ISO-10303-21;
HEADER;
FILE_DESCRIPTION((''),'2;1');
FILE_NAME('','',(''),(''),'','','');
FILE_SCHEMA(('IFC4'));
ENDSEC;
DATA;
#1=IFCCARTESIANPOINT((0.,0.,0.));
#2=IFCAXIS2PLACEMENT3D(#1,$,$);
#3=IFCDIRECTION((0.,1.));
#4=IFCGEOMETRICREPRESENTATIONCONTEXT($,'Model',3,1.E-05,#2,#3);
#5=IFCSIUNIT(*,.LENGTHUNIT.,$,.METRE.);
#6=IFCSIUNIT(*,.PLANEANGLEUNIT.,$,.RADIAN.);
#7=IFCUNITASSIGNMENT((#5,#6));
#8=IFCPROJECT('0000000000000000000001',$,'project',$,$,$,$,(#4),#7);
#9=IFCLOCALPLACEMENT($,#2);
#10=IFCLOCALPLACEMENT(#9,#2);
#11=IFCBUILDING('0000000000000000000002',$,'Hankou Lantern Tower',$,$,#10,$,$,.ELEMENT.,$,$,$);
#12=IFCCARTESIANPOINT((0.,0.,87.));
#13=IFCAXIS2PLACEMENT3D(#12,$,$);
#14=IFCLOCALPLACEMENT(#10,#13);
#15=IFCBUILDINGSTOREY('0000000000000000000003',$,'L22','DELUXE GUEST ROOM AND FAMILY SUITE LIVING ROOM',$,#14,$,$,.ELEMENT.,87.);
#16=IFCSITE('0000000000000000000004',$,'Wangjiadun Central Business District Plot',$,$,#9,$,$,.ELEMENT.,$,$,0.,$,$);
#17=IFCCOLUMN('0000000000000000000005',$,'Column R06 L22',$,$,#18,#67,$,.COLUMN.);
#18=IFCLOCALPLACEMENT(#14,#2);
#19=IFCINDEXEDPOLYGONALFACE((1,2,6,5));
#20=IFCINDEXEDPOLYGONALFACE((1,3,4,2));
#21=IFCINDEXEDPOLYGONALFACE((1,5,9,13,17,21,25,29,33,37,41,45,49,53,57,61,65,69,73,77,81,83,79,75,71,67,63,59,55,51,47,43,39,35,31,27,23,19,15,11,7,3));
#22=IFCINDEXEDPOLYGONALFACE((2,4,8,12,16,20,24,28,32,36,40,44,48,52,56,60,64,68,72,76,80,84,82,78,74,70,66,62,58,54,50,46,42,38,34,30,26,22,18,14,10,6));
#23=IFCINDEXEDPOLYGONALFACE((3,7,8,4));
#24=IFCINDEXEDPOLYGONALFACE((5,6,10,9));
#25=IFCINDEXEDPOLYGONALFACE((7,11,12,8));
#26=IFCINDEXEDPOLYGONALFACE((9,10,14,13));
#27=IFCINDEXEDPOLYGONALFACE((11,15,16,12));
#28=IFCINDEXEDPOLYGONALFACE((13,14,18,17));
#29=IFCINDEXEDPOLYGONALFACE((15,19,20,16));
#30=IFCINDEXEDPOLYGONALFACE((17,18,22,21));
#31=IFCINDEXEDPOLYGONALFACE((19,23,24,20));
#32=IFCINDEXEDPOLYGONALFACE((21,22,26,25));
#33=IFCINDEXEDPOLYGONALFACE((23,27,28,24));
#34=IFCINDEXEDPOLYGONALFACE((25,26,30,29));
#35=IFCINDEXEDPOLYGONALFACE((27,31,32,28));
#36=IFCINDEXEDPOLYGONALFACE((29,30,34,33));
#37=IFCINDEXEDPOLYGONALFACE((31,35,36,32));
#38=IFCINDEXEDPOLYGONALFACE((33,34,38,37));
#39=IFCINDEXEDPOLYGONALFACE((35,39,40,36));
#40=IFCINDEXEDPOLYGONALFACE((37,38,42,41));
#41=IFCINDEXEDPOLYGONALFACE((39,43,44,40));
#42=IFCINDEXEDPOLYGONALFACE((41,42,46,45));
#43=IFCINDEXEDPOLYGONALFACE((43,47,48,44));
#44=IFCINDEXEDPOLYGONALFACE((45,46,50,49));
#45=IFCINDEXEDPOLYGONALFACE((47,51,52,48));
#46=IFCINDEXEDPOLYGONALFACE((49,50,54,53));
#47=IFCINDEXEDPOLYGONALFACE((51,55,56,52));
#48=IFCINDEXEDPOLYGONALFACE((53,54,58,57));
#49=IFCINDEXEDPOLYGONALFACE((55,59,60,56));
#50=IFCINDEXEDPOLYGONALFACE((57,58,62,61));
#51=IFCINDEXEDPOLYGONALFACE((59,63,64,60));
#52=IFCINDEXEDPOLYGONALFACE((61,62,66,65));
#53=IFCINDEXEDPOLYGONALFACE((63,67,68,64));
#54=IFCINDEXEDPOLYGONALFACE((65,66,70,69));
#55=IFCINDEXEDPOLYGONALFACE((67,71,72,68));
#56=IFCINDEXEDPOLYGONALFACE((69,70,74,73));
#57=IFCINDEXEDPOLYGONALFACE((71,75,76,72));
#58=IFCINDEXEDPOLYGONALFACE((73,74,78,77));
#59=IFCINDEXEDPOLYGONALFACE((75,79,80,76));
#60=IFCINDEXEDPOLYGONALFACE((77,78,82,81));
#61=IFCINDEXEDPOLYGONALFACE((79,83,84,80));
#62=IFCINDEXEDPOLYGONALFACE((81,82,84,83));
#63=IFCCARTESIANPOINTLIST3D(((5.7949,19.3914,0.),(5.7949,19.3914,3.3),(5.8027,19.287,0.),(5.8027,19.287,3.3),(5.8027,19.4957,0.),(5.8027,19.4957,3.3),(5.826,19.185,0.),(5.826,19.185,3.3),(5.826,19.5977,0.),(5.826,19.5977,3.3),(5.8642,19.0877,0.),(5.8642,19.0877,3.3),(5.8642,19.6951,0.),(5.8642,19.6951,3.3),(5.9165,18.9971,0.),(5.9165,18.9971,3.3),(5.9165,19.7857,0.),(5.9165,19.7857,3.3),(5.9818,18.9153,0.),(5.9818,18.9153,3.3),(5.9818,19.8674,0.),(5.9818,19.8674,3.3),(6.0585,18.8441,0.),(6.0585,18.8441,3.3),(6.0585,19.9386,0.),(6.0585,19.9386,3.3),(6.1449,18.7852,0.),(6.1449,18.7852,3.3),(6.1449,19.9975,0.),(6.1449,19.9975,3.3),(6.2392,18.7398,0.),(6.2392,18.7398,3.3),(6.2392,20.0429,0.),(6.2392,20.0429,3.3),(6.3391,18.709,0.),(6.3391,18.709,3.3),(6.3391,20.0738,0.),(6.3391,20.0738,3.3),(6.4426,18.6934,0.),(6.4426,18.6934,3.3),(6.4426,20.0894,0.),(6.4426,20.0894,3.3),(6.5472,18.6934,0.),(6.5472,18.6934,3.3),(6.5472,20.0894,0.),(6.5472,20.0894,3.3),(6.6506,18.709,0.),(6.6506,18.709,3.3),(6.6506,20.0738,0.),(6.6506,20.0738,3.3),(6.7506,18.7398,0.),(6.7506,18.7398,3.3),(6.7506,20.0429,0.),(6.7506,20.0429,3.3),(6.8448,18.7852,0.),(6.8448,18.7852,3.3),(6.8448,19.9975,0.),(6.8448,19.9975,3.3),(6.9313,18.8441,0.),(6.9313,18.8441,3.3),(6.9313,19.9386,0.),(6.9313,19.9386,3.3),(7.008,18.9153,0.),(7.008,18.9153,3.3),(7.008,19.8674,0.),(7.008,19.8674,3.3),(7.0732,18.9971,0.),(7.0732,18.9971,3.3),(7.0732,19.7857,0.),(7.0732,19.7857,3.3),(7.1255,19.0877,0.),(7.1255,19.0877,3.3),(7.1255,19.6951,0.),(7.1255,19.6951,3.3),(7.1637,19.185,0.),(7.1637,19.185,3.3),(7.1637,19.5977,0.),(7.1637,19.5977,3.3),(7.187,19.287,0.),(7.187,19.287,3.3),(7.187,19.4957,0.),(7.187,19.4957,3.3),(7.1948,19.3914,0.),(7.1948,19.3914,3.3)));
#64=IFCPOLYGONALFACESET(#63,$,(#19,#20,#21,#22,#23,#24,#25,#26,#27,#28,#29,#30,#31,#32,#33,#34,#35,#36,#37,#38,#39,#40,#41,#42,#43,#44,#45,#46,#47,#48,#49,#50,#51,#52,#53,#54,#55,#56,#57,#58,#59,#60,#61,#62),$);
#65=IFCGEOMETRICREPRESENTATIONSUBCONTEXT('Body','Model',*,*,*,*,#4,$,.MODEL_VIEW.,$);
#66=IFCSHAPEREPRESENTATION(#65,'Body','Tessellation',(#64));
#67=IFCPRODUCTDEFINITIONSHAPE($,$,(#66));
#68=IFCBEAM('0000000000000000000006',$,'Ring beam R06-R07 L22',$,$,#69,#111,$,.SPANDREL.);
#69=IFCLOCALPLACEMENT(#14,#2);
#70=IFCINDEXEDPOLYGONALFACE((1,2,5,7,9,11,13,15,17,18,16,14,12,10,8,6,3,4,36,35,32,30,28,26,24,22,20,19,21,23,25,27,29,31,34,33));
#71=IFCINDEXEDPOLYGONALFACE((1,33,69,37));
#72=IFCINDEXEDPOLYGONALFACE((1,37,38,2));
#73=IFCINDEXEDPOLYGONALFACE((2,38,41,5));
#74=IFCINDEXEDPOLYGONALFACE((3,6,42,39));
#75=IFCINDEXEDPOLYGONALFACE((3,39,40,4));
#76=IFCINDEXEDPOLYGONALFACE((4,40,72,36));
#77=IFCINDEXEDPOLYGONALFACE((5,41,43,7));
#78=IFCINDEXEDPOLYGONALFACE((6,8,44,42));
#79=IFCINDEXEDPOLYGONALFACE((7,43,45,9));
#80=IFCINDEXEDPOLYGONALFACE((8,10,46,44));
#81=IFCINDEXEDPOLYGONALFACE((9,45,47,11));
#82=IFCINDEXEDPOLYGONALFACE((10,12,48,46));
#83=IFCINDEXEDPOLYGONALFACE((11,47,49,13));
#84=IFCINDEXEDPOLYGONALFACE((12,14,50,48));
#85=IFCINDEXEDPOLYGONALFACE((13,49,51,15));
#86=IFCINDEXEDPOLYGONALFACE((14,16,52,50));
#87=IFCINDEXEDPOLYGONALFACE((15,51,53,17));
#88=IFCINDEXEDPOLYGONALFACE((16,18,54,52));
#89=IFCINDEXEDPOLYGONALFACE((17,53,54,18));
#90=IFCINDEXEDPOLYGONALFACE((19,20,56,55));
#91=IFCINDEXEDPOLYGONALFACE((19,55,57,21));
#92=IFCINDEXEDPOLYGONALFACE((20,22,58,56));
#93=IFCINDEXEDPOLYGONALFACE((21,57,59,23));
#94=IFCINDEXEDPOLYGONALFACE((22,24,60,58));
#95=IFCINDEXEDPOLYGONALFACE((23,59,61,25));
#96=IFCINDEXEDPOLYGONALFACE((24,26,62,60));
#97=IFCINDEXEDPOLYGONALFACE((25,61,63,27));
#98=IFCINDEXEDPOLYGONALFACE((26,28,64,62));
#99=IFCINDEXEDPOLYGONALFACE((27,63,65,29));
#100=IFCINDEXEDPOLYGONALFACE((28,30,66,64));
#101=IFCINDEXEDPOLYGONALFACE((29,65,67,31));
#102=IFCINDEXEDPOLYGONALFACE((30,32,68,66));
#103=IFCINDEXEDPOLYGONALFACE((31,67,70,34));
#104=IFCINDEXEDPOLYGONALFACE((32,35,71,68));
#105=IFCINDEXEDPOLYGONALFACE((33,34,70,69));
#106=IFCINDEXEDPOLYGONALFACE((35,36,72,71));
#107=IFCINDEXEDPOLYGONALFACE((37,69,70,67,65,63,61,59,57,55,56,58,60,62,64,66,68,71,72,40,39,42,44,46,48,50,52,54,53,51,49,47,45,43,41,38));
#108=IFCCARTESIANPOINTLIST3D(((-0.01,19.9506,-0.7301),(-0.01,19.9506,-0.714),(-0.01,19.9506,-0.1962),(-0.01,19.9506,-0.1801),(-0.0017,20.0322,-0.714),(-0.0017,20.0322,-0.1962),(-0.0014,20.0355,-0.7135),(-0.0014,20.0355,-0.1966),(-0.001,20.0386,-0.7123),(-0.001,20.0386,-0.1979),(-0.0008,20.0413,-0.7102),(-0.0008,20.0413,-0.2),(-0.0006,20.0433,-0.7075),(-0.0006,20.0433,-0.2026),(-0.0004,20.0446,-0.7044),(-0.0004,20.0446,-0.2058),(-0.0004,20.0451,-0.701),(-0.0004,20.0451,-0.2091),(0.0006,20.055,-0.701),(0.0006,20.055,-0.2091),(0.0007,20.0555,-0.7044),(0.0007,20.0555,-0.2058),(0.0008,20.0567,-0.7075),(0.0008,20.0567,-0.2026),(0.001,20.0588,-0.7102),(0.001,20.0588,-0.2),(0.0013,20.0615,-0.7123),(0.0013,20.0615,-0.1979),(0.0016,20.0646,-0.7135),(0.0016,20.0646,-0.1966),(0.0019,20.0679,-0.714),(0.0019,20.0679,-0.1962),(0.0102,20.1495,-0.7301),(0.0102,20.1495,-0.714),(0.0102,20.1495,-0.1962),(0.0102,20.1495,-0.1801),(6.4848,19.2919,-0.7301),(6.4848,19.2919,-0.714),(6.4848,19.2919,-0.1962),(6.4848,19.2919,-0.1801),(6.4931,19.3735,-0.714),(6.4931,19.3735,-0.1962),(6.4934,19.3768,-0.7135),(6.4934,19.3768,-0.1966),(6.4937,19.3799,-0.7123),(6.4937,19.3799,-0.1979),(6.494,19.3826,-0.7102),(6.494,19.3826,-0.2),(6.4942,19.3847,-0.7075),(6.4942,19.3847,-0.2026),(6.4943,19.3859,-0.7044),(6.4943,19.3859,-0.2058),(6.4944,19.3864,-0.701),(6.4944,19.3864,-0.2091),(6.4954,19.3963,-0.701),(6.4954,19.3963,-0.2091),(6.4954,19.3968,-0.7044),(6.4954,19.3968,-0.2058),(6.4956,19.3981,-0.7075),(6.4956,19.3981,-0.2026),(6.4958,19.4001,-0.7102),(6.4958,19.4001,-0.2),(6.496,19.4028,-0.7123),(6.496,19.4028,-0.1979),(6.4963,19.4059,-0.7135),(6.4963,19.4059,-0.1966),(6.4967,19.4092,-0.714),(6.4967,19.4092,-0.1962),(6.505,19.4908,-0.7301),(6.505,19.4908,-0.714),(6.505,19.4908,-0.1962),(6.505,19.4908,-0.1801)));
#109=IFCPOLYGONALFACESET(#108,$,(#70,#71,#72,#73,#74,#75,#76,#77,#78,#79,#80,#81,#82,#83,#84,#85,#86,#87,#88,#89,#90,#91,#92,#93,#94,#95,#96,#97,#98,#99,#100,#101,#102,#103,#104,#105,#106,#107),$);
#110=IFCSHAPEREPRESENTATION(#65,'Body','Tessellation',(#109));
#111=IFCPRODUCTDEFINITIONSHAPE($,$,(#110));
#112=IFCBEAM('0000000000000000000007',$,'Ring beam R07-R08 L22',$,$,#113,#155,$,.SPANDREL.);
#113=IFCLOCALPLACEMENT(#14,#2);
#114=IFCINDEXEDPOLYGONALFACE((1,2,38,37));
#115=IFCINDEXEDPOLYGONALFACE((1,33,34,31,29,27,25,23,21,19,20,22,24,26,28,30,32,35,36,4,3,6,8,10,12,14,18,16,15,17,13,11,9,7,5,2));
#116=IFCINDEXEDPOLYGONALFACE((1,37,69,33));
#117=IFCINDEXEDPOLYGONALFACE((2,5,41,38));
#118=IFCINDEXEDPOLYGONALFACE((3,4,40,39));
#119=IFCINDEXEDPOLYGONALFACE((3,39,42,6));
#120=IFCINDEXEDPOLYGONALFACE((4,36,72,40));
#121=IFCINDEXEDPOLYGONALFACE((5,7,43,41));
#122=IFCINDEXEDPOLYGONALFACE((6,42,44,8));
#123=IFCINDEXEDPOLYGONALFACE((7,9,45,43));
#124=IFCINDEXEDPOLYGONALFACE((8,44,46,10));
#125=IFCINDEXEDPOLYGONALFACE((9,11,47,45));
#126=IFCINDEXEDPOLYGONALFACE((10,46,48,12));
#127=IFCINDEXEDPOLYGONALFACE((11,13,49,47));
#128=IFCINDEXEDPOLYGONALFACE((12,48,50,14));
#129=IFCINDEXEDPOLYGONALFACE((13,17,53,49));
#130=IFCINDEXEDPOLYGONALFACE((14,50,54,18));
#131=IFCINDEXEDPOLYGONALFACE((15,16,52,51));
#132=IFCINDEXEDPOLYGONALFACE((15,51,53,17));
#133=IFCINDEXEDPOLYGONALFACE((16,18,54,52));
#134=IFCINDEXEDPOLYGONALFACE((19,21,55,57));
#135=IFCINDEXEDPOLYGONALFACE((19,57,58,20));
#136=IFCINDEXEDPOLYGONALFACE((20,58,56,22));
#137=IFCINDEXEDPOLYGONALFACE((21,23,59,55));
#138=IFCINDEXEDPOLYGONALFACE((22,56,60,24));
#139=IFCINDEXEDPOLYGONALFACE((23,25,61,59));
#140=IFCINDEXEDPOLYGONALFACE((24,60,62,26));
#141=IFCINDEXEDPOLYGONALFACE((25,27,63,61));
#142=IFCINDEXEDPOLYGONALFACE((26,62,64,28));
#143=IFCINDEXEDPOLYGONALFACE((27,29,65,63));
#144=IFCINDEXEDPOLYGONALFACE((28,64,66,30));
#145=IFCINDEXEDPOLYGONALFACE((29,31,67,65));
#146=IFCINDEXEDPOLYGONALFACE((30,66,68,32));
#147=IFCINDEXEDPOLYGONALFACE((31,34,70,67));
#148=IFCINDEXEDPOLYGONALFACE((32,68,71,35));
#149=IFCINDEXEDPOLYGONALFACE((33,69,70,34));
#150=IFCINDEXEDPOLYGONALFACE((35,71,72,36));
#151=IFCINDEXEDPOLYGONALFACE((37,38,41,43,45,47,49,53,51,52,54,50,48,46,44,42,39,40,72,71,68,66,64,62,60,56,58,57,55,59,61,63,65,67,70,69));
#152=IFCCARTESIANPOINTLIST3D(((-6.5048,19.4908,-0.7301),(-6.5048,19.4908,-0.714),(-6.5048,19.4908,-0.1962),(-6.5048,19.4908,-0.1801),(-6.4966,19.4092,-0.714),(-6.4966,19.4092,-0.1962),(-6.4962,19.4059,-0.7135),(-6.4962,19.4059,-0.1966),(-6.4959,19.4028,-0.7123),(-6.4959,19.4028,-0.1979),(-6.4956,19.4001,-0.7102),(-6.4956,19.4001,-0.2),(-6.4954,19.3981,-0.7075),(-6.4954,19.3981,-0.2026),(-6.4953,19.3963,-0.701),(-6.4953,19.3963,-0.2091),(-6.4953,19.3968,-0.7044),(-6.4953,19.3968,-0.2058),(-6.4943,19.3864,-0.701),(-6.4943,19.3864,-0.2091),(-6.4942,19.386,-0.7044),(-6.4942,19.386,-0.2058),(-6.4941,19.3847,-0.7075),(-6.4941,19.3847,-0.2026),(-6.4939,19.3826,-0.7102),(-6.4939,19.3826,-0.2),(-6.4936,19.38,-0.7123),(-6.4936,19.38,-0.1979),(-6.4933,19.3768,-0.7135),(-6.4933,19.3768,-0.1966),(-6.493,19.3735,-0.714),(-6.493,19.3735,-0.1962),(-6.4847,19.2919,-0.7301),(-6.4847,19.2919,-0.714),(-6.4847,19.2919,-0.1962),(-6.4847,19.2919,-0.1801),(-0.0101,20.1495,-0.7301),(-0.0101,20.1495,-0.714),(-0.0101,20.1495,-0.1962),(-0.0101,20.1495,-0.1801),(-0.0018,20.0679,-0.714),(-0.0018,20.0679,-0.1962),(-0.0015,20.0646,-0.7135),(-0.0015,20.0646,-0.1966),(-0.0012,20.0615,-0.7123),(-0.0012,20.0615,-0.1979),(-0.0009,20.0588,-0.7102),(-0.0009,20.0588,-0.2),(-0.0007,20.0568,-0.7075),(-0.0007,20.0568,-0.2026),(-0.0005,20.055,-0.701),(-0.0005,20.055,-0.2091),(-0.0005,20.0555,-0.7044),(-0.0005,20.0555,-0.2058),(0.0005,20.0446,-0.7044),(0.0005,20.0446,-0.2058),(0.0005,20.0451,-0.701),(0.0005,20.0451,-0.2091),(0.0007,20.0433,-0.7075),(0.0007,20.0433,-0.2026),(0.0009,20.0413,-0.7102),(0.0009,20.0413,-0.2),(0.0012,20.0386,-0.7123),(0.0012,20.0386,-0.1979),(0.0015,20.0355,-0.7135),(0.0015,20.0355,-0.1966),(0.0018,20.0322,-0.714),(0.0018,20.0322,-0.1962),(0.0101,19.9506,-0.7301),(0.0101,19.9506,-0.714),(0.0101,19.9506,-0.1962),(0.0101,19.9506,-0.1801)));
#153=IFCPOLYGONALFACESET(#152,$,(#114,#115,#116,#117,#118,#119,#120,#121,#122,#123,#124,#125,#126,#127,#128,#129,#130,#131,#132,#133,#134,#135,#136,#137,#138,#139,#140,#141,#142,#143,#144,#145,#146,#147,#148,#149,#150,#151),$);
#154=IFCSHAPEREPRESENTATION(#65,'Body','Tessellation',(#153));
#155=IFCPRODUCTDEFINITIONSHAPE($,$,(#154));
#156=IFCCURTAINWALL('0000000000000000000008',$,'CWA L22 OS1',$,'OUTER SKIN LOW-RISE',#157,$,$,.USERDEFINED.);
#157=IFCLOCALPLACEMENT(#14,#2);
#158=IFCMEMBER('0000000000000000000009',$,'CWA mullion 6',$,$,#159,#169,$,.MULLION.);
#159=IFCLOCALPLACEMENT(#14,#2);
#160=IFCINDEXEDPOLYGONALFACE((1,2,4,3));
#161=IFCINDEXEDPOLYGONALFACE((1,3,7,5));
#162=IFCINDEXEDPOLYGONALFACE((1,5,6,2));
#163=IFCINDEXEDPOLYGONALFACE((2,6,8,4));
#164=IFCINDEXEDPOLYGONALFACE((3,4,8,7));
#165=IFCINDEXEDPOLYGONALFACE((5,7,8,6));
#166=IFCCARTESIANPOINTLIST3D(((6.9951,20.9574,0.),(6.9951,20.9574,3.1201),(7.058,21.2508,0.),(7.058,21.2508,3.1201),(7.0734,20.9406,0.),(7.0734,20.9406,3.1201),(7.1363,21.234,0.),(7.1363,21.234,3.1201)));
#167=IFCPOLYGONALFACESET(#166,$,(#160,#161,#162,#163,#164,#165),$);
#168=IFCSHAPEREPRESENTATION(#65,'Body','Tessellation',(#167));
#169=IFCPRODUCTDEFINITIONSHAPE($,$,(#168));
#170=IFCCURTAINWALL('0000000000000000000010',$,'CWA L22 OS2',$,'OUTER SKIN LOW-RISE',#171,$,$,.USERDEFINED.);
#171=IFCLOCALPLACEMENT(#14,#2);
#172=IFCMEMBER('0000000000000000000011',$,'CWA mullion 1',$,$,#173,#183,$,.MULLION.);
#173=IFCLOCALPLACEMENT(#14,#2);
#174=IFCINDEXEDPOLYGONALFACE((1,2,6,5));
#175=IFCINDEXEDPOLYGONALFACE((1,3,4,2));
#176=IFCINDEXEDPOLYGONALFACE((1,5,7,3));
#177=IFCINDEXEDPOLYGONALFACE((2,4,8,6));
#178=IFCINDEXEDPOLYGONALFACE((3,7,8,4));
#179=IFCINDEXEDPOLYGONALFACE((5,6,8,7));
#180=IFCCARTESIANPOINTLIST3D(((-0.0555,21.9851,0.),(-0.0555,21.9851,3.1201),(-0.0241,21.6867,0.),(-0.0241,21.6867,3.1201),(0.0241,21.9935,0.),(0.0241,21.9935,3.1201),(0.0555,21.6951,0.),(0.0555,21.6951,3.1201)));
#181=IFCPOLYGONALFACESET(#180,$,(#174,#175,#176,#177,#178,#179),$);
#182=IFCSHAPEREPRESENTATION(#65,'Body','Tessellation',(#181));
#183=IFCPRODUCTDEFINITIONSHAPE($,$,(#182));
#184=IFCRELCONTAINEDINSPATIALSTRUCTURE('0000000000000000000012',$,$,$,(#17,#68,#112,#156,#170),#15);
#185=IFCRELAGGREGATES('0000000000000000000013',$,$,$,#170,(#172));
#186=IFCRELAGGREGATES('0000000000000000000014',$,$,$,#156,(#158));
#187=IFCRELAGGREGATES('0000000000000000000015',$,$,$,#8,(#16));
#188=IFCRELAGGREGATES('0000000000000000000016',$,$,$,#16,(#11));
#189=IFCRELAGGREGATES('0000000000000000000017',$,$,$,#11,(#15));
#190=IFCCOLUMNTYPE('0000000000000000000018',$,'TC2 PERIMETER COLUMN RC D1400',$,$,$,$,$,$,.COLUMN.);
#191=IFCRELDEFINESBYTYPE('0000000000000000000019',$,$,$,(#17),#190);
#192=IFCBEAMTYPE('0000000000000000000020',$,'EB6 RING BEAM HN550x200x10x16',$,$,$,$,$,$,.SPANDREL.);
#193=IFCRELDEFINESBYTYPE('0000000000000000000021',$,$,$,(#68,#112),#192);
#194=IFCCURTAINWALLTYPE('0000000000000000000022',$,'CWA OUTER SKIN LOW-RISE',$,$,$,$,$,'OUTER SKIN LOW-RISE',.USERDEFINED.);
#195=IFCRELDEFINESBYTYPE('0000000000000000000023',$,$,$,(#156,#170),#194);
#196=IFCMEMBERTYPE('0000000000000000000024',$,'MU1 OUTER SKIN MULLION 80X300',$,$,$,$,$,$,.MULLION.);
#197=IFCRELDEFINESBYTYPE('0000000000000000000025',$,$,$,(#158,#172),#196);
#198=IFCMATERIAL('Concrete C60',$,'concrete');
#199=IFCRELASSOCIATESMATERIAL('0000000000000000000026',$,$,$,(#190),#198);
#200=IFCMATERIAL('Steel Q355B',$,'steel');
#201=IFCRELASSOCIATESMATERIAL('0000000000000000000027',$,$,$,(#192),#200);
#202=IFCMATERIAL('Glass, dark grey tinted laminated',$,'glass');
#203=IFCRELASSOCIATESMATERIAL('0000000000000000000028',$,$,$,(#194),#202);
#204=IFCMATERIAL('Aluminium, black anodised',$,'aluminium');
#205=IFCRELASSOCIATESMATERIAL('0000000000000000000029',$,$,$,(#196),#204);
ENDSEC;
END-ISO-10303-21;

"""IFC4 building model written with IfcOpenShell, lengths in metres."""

from ifc_helpers import new_model, si_unit, direction, frame, origin, origin_2d, place, context, subcontext, project, spatial, rectangle, circle, i_section, extrude, material, material_profile, profile_set, type_object, element, aggregate, save


model = new_model("IFC4")

# Units and contexts
model_context = context("Model", 3, precision=1e-05, world=origin(), true_north=direction((0.0, 1.0)))
body_context = subcontext(model_context, "Body", "Model", "MODEL_VIEW")
ifc_project = project(units=[si_unit("LENGTHUNIT", "METRE"), si_unit("PLANEANGLEUNIT", "RADIAN")], contexts=[model_context])

# Site, building, storey
site_placement = place(None, origin())
site = spatial("IfcSite", under=ifc_project, at=site_placement, Name="Wangjiadun Central Business District Plot", CompositionType="ELEMENT", RefElevation=0.0)
building_placement = place(site_placement, origin())
building = spatial("IfcBuilding", under=site, at=building_placement, Name="Hankou Lantern Tower", CompositionType="ELEMENT")
storey_placement = place(building_placement, frame((0.0, 0.0, 87.0)))
storey = spatial("IfcBuildingStorey", under=building, at=storey_placement, Name="L22", Description="DELUXE GUEST ROOM AND FAMILY SUITE LIVING ROOM", CompositionType="ELEMENT", Elevation=87.0)

# Column
ifc_material_1 = material(Name="Concrete C60", Category="concrete")
ifc_material_profile_1 = material_profile(ifc_material_1, circle(Radius=0.7, at=origin_2d()), Name="RC D1400")
ifc_profile_set_1 = profile_set([ifc_material_profile_1], Name="Concrete C60")
column_type = type_object("IfcColumnType", Name="TC2 PERIMETER COLUMN RC D1400", PredefinedType="COLUMN", material=ifc_profile_set_1)
column_placement = place(storey_placement, frame((6.4949, 19.3914, 0.0), z_axis=(0.0, 0.0, 1.0), x_axis=(1.0, 0.0, 0.0)))
element("IfcColumn", 1, at=column_placement, inside=storey, type_object=column_type, Name="Column R06 L22", PredefinedType="COLUMN", context=body_context, shape_type="SweptSolid", body=[
    extrude(circle(Radius=0.7, at=origin_2d()), origin(), (0.0, 0.0, 1.0), 3.3),
])

# Beams
ifc_material_2 = material(Name="Steel Q355B", Category="steel")
ifc_material_profile_2 = material_profile(ifc_material_2, i_section(OverallWidth=0.2, OverallDepth=0.55, WebThickness=0.01, FlangeThickness=0.0161, FilletRadius=0.0129, at=origin_2d()), Name="HN550x200x10x16")
ifc_profile_set_2 = profile_set([ifc_material_profile_2], Name="Steel Q355B")
beam_type_1 = type_object("IfcBeamType", Name="EB6 RING BEAM HN550x200x10x16", PredefinedType="SPANDREL", material=ifc_profile_set_2)
for number, where, z_axis, x_axis, name in (
    (2, (6.4949, 19.3914, -0.4551), (-0.994897, 0.1009, 0.0), (-0.1009, -0.994897, 0.0), "Ring beam R06-R07 L22"),
    (3, (0.0, 20.05, -0.4551), (-0.994897, -0.1009, 0.0), (0.1009, -0.994897, 0.0), "Ring beam R07-R08 L22"),
):
    element("IfcBeam", number, at=place(storey_placement, frame(where, z_axis=z_axis, x_axis=x_axis)), inside=storey, type_object=beam_type_1, Name=name, PredefinedType="SPANDREL", context=body_context, shape_type="SweptSolid", body=[
        extrude(i_section(OverallWidth=0.2, OverallDepth=0.55, WebThickness=0.01, FlangeThickness=0.0161, FilletRadius=0.0129, at=origin_2d()), origin(), (0.0, 0.0, 1.0), 6.5281),
    ])

# Curtain walls, members
ifc_material_3 = material(Name="Glass, dark grey tinted laminated", Category="glass")
curtain_wall_type = type_object("IfcCurtainWallType", Name="CWA OUTER SKIN LOW-RISE", ElementType="OUTER SKIN LOW-RISE", PredefinedType="USERDEFINED", material=ifc_material_3)
curtain_wall_1_placement = place(storey_placement, origin())
curtain_wall_1 = element("IfcCurtainWall", 4, at=curtain_wall_1_placement, inside=storey, type_object=curtain_wall_type, Name="CWA L22 OS1", ObjectType="OUTER SKIN LOW-RISE", PredefinedType="USERDEFINED")
ifc_material_4 = material(Name="Aluminium, black anodised", Category="aluminium")
ifc_material_profile_3 = material_profile(ifc_material_4, rectangle(XDim=0.0801, YDim=0.3, at=origin_2d()), Name="MU1 80X300")
ifc_profile_set_3 = profile_set([ifc_material_profile_3], Name="Aluminium, black anodised")
member_type_1 = type_object("IfcMemberType", Name="MU1 OUTER SKIN MULLION 80X300", PredefinedType="MULLION", material=ifc_profile_set_3)
member_1_placement = place(storey_placement, frame((7.0657, 21.0957, 0.0), z_axis=(0.0, 0.0, 1.0), x_axis=(-0.977788, 0.209598, 0.0)))
member_1 = element("IfcMember", 5, at=member_1_placement, type_object=member_type_1, Name="CWA mullion 6", PredefinedType="MULLION", context=body_context, shape_type="SweptSolid", body=[
    extrude(rectangle(XDim=0.0801, YDim=0.3, at=origin_2d()), origin(), (0.0, 0.0, 1.0), 3.1201),
])
curtain_wall_2_placement = place(storey_placement, origin())
curtain_wall_2 = element("IfcCurtainWall", 6, at=curtain_wall_2_placement, inside=storey, type_object=curtain_wall_type, Name="CWA L22 OS2", ObjectType="OUTER SKIN LOW-RISE", PredefinedType="USERDEFINED")
member_2_placement = place(storey_placement, frame((0.0, 21.8401, 0.0), z_axis=(0.0, 0.0, 1.0), x_axis=(-0.994499, -0.104743, 0.0)))
member_2 = element("IfcMember", 7, at=member_2_placement, type_object=member_type_1, Name="CWA mullion 1", PredefinedType="MULLION", context=body_context, shape_type="SweptSolid", body=[
    extrude(rectangle(XDim=0.0801, YDim=0.3, at=origin_2d()), origin(), (0.0, 0.0, 1.0), 3.1201),
])
aggregate(curtain_wall_2, [member_2])

aggregate(curtain_wall_1, [member_1])

save(model, "model.ifc")
